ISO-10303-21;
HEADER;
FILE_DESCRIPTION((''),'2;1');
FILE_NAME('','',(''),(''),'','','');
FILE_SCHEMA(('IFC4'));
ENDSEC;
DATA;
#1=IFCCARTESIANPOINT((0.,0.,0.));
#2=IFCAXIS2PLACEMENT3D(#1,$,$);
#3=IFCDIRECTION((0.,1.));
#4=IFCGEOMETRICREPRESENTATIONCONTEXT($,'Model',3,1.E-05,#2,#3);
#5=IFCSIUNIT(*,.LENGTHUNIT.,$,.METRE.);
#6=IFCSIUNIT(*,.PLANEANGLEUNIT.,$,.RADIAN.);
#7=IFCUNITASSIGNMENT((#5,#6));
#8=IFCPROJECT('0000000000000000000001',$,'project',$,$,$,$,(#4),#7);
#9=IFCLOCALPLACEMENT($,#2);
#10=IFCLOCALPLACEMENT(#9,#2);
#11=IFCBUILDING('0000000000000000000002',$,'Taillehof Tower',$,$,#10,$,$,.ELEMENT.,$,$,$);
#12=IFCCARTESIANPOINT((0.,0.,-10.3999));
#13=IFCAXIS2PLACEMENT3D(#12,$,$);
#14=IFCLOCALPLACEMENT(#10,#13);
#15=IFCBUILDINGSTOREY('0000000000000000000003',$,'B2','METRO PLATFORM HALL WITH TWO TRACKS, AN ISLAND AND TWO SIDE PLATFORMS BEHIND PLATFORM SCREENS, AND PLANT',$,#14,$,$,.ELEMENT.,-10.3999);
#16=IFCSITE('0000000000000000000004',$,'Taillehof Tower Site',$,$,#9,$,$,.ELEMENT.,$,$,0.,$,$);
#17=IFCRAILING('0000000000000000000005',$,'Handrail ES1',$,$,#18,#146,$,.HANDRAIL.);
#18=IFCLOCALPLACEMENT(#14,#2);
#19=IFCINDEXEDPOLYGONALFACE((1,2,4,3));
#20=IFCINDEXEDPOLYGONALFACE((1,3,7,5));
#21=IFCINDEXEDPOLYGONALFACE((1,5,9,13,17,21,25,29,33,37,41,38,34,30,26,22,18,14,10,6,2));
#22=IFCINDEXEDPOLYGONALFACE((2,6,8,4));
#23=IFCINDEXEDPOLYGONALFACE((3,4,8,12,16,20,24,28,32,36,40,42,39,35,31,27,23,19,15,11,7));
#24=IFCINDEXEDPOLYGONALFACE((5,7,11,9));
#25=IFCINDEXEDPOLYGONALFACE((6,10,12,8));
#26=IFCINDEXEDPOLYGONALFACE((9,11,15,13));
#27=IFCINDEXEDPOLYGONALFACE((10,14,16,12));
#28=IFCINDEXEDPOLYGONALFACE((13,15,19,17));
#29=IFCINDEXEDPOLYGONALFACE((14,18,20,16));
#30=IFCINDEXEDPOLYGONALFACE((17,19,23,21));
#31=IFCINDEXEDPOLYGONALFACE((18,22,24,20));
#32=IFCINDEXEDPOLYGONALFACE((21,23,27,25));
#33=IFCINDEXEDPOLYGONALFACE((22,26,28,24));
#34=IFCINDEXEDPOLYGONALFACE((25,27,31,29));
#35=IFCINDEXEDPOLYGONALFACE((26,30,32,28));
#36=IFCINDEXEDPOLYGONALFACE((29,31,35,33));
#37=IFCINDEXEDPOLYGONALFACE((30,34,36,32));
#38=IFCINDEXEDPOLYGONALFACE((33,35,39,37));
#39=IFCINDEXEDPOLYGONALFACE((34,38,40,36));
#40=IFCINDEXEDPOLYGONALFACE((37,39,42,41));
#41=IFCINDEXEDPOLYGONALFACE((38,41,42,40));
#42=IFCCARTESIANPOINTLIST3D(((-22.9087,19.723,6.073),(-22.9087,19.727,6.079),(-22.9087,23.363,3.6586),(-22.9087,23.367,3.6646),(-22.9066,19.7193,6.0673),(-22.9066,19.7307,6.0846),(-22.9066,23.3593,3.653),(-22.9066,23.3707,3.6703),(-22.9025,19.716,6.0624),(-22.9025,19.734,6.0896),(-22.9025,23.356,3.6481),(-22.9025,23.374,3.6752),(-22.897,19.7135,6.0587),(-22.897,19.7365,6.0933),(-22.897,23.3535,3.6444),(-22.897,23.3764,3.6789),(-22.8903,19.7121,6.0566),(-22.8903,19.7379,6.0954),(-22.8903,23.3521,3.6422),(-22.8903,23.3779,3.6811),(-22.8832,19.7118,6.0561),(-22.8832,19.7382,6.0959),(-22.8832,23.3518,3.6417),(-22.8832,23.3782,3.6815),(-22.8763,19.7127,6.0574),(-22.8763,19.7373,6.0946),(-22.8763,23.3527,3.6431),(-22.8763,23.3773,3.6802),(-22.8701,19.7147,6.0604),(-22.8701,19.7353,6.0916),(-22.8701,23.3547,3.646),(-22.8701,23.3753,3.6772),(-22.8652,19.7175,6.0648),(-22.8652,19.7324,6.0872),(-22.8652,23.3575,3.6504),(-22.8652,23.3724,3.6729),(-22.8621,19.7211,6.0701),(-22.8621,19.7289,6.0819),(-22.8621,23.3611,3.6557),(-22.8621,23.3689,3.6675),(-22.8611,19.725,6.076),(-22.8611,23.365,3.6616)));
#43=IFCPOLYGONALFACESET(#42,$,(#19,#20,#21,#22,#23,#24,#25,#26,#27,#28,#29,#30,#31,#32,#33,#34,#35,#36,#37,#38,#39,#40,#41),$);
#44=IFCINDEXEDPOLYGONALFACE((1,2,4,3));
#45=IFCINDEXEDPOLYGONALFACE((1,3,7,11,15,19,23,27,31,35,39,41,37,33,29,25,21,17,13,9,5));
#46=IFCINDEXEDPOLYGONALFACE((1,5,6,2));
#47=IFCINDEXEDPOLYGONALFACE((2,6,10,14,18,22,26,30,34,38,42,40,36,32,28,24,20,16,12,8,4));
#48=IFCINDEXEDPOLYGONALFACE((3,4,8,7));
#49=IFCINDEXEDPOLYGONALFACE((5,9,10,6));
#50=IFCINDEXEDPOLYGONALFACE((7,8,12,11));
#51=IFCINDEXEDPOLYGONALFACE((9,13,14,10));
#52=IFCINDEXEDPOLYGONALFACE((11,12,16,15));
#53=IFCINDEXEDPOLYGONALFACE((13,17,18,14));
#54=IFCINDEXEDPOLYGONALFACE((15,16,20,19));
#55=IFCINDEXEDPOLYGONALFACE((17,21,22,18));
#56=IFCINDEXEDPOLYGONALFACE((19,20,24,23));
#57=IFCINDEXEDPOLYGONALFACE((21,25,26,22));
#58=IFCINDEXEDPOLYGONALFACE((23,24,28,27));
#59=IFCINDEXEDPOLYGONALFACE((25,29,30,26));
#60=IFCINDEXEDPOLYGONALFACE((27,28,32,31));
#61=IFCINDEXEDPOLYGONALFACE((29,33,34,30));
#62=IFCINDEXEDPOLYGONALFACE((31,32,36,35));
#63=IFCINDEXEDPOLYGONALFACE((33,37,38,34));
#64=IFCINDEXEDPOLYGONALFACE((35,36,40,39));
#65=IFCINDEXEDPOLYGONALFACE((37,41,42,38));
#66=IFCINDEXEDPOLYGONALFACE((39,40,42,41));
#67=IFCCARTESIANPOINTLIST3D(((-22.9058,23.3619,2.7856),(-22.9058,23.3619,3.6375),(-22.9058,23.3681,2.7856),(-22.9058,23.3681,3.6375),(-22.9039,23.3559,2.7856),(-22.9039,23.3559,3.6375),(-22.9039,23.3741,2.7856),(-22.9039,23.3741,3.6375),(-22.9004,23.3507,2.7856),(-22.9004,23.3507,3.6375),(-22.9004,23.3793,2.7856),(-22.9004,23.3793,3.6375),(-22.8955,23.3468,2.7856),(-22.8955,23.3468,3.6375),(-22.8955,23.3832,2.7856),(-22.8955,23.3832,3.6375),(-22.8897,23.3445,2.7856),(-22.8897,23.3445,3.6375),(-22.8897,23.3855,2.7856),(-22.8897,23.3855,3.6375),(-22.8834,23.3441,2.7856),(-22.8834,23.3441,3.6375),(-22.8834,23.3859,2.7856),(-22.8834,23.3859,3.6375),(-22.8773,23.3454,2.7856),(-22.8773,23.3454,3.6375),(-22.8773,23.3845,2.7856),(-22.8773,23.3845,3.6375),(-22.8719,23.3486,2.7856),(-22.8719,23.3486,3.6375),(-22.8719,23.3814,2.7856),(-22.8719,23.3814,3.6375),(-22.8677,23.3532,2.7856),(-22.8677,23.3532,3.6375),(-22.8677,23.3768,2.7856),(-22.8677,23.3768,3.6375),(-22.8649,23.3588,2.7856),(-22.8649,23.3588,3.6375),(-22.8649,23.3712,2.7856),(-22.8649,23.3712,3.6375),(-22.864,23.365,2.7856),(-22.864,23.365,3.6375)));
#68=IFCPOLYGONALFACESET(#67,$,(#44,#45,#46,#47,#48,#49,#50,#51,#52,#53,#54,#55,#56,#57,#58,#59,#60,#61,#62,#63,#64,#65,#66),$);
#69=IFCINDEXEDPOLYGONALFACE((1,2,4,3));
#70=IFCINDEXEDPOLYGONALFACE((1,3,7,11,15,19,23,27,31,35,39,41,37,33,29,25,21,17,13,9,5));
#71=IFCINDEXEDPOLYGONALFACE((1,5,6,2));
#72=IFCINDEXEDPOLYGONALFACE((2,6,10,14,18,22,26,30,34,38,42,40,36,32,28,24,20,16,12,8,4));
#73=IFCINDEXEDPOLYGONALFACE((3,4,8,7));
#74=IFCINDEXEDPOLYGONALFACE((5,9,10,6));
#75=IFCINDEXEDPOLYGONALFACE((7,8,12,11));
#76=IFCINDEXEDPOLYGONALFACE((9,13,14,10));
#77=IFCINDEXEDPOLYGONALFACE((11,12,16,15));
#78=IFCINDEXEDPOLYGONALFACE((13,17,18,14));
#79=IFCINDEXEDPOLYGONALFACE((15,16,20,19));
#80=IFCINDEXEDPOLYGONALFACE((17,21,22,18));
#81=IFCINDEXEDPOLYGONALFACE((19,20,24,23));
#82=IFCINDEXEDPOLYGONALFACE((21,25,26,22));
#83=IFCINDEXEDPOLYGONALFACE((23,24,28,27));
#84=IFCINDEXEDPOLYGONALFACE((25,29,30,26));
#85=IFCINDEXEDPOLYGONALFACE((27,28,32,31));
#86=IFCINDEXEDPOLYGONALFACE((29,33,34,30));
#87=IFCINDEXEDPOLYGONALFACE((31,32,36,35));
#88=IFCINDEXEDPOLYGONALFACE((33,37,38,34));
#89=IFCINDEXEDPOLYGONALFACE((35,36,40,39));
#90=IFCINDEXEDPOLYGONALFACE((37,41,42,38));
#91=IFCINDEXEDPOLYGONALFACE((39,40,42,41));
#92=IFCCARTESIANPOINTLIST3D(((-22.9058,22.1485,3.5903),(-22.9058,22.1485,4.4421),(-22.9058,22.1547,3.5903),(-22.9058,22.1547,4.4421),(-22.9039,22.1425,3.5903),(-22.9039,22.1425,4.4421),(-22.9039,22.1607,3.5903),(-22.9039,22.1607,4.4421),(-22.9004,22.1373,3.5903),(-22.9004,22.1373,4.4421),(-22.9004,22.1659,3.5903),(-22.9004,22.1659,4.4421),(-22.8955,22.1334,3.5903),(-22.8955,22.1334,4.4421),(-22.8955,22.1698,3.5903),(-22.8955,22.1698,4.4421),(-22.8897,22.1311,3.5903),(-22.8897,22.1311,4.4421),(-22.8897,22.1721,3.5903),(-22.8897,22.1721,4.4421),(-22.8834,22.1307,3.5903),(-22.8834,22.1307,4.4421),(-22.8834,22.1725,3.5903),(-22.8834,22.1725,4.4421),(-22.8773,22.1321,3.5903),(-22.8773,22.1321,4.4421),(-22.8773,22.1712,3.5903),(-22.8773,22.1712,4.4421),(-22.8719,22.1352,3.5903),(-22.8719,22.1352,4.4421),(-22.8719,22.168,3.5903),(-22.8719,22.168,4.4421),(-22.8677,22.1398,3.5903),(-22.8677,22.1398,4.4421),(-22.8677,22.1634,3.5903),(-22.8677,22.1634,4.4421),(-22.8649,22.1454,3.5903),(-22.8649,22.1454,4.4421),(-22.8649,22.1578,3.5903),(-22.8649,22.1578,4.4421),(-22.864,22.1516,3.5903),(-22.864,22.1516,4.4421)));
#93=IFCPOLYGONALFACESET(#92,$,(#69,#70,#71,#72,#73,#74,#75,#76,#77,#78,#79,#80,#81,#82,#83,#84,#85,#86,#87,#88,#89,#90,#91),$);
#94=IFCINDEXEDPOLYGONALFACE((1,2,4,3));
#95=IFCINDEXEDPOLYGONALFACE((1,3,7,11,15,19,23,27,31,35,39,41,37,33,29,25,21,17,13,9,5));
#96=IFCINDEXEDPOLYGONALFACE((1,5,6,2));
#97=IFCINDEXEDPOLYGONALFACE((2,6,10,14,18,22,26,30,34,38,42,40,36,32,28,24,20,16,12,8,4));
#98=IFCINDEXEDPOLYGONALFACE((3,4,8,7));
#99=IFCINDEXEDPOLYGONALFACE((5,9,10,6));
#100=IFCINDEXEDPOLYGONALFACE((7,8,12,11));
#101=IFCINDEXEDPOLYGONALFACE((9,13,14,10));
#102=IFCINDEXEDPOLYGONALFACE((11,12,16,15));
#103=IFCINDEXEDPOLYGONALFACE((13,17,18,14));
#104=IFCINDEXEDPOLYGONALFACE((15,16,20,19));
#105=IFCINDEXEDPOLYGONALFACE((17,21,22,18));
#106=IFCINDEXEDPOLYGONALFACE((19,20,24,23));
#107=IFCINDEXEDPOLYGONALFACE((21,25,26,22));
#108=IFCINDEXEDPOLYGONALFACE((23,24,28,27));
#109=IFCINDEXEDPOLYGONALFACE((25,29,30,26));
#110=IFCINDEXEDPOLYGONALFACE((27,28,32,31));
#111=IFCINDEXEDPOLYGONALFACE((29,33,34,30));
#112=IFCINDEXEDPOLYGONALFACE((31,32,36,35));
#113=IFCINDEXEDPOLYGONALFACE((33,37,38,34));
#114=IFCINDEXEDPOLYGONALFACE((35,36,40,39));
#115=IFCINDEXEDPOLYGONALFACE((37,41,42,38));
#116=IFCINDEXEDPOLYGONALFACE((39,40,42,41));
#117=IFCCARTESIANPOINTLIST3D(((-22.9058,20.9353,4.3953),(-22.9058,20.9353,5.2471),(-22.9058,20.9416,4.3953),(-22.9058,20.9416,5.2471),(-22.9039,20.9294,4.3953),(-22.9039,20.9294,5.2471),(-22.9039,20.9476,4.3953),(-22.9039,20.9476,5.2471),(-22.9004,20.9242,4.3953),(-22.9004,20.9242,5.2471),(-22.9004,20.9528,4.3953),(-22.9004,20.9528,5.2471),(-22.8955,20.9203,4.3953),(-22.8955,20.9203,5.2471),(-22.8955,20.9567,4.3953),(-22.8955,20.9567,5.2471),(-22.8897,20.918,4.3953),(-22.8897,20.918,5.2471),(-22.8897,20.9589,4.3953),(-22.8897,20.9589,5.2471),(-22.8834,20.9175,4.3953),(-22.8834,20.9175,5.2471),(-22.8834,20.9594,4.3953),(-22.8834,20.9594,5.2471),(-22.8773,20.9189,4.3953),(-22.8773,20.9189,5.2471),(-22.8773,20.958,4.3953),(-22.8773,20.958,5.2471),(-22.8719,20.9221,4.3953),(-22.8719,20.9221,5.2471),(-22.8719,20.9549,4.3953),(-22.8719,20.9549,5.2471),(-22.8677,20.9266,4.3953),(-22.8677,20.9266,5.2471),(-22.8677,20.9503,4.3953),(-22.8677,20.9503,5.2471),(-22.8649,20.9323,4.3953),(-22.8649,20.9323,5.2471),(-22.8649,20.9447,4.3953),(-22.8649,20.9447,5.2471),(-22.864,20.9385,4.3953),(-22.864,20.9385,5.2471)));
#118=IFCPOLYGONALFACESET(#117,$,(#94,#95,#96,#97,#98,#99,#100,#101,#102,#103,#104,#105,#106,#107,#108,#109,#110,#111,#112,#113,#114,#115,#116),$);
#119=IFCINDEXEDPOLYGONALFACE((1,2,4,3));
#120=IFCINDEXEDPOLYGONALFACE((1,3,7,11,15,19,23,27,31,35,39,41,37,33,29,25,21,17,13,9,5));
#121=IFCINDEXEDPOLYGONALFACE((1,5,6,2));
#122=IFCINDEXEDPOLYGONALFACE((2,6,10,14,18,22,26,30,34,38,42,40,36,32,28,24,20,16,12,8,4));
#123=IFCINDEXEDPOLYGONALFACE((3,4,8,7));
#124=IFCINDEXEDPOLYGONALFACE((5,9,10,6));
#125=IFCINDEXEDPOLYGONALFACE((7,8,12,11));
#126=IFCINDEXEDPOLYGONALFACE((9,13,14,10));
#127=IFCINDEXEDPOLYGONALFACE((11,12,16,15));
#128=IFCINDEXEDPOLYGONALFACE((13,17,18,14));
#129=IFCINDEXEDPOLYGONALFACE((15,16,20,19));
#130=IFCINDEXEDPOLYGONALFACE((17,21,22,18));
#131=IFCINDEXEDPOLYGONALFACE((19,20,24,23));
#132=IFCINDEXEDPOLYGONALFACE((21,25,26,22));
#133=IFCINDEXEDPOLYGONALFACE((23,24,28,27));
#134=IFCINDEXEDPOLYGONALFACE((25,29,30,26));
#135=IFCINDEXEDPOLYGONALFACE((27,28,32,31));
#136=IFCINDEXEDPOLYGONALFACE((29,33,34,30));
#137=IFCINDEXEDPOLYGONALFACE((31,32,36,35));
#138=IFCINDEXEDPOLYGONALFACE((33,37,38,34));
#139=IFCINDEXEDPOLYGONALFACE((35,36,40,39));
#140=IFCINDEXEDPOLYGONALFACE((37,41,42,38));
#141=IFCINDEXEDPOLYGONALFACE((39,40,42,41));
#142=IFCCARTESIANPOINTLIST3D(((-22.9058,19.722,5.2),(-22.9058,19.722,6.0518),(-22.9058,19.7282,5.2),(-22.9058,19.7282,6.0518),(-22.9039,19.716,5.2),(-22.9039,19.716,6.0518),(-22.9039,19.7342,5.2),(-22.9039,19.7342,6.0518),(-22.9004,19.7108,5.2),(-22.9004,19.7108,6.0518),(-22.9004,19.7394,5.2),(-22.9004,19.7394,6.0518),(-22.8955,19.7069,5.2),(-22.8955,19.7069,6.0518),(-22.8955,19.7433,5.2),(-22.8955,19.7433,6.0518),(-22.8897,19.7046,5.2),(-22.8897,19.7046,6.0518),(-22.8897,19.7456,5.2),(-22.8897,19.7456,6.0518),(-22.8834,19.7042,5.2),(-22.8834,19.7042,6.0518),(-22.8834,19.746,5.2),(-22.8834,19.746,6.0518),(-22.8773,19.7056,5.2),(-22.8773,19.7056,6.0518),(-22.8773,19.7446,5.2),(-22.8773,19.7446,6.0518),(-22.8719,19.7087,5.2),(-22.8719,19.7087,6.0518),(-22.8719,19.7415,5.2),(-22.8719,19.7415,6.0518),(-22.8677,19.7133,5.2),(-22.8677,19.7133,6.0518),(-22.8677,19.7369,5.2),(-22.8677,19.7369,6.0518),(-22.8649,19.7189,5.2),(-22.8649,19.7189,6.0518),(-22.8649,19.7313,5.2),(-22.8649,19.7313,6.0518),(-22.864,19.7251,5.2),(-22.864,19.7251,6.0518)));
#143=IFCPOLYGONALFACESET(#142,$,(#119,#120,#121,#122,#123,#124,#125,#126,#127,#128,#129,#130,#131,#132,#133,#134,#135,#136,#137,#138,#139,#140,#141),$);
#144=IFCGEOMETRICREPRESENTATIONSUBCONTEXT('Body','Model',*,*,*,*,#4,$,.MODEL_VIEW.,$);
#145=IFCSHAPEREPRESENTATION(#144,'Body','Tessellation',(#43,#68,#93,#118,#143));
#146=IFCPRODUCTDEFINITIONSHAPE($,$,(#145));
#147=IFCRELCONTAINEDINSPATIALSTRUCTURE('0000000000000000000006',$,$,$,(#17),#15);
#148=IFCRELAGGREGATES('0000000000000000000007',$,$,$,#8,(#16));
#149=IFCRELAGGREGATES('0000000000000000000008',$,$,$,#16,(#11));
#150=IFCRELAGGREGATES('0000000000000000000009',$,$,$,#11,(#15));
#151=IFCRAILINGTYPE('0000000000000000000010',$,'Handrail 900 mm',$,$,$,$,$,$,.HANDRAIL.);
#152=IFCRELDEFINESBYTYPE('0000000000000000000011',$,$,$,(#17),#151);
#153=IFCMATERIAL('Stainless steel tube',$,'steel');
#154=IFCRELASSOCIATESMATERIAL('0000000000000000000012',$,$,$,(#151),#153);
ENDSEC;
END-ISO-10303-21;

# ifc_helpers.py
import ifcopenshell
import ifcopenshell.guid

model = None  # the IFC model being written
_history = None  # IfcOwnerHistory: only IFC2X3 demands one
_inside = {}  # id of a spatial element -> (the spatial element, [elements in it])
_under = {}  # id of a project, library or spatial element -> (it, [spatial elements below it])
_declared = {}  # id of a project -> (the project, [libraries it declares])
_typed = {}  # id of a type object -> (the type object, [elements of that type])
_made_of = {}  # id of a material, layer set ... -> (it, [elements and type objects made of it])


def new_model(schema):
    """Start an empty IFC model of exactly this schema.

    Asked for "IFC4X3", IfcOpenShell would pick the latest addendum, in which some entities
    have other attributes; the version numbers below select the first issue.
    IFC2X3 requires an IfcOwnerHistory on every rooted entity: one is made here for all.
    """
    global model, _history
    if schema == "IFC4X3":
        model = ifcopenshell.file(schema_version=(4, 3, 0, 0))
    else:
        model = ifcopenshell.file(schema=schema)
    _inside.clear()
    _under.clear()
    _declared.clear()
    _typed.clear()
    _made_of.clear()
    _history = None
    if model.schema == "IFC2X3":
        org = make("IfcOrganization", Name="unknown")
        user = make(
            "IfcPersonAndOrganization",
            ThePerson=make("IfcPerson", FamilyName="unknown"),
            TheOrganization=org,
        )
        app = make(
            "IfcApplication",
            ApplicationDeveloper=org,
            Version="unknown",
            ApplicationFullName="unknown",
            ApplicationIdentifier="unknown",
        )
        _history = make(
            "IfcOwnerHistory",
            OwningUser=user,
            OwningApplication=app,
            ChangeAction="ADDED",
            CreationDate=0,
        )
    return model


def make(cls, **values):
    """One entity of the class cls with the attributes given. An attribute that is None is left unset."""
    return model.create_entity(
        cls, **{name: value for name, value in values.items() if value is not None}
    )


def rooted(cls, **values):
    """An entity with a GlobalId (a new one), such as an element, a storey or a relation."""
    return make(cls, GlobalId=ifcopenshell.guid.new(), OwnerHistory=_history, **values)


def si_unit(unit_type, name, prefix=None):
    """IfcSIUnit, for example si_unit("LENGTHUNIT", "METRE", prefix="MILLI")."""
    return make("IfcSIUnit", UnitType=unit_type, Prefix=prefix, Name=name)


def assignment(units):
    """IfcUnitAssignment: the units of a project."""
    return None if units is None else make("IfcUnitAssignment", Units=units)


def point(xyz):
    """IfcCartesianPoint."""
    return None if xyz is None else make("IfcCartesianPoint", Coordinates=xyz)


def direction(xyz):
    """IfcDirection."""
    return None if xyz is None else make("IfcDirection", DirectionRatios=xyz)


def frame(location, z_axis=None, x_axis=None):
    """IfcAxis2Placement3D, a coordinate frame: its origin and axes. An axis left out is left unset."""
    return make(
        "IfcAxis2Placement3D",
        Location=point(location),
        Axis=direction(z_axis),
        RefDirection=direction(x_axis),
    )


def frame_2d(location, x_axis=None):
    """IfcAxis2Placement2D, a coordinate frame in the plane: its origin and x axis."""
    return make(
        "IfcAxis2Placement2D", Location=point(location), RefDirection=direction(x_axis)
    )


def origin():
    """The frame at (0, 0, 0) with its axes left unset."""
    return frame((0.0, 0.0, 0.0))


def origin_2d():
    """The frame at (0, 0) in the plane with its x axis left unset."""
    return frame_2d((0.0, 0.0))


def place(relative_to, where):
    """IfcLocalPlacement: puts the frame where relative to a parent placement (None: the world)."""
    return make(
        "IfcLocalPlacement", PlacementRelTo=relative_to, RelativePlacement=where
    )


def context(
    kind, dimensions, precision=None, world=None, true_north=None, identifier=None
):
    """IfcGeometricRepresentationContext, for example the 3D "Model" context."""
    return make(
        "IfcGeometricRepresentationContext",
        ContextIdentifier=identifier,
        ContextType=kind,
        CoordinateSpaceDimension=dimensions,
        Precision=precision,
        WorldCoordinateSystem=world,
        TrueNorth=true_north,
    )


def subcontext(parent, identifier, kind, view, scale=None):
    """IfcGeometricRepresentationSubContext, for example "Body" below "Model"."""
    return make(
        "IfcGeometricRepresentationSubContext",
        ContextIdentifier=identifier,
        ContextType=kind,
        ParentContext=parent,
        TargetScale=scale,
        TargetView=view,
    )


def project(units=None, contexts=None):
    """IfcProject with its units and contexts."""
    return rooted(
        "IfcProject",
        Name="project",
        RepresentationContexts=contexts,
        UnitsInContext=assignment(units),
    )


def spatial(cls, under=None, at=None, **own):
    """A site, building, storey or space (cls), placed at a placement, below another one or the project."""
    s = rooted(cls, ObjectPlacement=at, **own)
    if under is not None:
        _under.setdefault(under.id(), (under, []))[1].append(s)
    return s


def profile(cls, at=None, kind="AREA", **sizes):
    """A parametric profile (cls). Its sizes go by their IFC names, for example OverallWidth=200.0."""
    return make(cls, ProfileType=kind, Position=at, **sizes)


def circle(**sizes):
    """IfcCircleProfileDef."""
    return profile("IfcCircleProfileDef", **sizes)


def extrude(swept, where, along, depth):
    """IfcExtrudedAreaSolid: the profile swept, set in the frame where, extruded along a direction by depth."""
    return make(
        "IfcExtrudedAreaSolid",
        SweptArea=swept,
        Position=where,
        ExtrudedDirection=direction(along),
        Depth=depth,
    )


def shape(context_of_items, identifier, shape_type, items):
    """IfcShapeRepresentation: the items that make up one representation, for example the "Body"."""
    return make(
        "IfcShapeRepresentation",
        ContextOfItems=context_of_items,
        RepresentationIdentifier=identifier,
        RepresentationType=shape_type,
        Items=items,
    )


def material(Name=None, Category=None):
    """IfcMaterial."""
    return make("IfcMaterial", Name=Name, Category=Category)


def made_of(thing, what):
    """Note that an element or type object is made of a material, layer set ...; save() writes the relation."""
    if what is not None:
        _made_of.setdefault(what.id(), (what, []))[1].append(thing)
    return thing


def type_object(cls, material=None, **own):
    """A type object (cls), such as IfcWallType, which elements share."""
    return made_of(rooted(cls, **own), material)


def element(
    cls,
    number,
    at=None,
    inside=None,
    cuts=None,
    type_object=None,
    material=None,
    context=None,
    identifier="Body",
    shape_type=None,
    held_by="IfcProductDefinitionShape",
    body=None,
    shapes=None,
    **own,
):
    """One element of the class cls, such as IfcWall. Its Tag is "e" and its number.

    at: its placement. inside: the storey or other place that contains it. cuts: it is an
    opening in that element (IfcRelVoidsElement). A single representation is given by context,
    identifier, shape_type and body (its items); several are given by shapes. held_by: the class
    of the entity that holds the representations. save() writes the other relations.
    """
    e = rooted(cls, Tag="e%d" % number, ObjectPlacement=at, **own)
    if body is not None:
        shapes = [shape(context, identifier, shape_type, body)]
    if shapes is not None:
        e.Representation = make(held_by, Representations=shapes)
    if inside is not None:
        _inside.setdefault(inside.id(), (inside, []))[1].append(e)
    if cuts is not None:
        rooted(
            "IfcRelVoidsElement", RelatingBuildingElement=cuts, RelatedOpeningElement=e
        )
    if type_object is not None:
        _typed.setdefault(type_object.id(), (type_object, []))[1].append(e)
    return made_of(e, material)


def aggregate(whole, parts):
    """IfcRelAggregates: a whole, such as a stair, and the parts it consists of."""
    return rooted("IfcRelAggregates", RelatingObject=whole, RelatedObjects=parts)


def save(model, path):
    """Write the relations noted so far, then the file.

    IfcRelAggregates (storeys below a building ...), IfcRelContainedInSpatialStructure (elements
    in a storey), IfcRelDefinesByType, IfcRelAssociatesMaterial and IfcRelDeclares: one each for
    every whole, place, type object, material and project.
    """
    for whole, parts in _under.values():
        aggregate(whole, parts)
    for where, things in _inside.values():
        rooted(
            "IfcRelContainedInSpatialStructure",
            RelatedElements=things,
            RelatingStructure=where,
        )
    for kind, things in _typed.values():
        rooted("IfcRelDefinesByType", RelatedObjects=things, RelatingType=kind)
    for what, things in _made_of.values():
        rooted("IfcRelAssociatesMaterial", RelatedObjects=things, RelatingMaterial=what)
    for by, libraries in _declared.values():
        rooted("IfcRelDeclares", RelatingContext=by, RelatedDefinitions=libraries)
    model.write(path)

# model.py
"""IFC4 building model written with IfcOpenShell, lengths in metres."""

from ifc_helpers import new_model, si_unit, direction, frame, origin, origin_2d, place, context, subcontext, project, spatial, circle, extrude, material, type_object, element, save


model = new_model("IFC4")

# Units and contexts
model_context = context("Model", 3, precision=1e-05, world=origin(), true_north=direction((0.0, 1.0)))
body_context = subcontext(model_context, "Body", "Model", "MODEL_VIEW")
ifc_project = project(units=[si_unit("LENGTHUNIT", "METRE"), si_unit("PLANEANGLEUNIT", "RADIAN")], contexts=[model_context])

# Site, building, storey
site_placement = place(None, origin())
site = spatial("IfcSite", under=ifc_project, at=site_placement, Name="Taillehof Tower Site", CompositionType="ELEMENT", RefElevation=0.0)
building_placement = place(site_placement, origin())
building = spatial("IfcBuilding", under=site, at=building_placement, Name="Taillehof Tower", CompositionType="ELEMENT")
storey_placement = place(building_placement, frame((0.0, 0.0, -10.3999)))
storey = spatial("IfcBuildingStorey", under=building, at=storey_placement, Name="B2", Description="METRO PLATFORM HALL WITH TWO TRACKS, AN ISLAND AND TWO SIDE PLATFORMS BEHIND PLATFORM SCREENS, AND PLANT", CompositionType="ELEMENT", Elevation=-10.3999)

# Railing
ifc_material_1 = material(Name="Stainless steel tube", Category="steel")
railing_type = type_object("IfcRailingType", Name="Handrail 900 mm", PredefinedType="HANDRAIL", material=ifc_material_1)
for number, where, name in (
    (1, (-22.885, 23.365, 2.7856), "Handrail ES1"),
):
    element("IfcRailing", number, at=place(storey_placement, frame(where)), inside=storey, type_object=railing_type, Name=name, PredefinedType="HANDRAIL", context=body_context, shape_type="SweptSolid", body=[
        extrude(circle(Radius=0.0239, at=origin_2d()), frame((0.0, 0.0, 0.876), z_axis=(0.0, -0.833347, 0.552751), x_axis=(1.0, 0.0, 0.0)), (0.0, 0.0, 1.0), 4.3679),
        extrude(circle(Radius=0.021, at=origin_2d()), origin(), (0.0, 0.0, 1.0), 0.8518),
        extrude(circle(Radius=0.021, at=origin_2d()), frame((0.0, -1.2134, 0.8047)), (0.0, 0.0, 1.0), 0.8518),
        extrude(circle(Radius=0.021, at=origin_2d()), frame((0.0, -2.4265, 1.6096)), (0.0, 0.0, 1.0), 0.8518),
        extrude(circle(Radius=0.021, at=origin_2d()), frame((0.0, -3.6399, 2.4143)), (0.0, 0.0, 1.0), 0.8518),
    ])

save(model, "model.ifc")
